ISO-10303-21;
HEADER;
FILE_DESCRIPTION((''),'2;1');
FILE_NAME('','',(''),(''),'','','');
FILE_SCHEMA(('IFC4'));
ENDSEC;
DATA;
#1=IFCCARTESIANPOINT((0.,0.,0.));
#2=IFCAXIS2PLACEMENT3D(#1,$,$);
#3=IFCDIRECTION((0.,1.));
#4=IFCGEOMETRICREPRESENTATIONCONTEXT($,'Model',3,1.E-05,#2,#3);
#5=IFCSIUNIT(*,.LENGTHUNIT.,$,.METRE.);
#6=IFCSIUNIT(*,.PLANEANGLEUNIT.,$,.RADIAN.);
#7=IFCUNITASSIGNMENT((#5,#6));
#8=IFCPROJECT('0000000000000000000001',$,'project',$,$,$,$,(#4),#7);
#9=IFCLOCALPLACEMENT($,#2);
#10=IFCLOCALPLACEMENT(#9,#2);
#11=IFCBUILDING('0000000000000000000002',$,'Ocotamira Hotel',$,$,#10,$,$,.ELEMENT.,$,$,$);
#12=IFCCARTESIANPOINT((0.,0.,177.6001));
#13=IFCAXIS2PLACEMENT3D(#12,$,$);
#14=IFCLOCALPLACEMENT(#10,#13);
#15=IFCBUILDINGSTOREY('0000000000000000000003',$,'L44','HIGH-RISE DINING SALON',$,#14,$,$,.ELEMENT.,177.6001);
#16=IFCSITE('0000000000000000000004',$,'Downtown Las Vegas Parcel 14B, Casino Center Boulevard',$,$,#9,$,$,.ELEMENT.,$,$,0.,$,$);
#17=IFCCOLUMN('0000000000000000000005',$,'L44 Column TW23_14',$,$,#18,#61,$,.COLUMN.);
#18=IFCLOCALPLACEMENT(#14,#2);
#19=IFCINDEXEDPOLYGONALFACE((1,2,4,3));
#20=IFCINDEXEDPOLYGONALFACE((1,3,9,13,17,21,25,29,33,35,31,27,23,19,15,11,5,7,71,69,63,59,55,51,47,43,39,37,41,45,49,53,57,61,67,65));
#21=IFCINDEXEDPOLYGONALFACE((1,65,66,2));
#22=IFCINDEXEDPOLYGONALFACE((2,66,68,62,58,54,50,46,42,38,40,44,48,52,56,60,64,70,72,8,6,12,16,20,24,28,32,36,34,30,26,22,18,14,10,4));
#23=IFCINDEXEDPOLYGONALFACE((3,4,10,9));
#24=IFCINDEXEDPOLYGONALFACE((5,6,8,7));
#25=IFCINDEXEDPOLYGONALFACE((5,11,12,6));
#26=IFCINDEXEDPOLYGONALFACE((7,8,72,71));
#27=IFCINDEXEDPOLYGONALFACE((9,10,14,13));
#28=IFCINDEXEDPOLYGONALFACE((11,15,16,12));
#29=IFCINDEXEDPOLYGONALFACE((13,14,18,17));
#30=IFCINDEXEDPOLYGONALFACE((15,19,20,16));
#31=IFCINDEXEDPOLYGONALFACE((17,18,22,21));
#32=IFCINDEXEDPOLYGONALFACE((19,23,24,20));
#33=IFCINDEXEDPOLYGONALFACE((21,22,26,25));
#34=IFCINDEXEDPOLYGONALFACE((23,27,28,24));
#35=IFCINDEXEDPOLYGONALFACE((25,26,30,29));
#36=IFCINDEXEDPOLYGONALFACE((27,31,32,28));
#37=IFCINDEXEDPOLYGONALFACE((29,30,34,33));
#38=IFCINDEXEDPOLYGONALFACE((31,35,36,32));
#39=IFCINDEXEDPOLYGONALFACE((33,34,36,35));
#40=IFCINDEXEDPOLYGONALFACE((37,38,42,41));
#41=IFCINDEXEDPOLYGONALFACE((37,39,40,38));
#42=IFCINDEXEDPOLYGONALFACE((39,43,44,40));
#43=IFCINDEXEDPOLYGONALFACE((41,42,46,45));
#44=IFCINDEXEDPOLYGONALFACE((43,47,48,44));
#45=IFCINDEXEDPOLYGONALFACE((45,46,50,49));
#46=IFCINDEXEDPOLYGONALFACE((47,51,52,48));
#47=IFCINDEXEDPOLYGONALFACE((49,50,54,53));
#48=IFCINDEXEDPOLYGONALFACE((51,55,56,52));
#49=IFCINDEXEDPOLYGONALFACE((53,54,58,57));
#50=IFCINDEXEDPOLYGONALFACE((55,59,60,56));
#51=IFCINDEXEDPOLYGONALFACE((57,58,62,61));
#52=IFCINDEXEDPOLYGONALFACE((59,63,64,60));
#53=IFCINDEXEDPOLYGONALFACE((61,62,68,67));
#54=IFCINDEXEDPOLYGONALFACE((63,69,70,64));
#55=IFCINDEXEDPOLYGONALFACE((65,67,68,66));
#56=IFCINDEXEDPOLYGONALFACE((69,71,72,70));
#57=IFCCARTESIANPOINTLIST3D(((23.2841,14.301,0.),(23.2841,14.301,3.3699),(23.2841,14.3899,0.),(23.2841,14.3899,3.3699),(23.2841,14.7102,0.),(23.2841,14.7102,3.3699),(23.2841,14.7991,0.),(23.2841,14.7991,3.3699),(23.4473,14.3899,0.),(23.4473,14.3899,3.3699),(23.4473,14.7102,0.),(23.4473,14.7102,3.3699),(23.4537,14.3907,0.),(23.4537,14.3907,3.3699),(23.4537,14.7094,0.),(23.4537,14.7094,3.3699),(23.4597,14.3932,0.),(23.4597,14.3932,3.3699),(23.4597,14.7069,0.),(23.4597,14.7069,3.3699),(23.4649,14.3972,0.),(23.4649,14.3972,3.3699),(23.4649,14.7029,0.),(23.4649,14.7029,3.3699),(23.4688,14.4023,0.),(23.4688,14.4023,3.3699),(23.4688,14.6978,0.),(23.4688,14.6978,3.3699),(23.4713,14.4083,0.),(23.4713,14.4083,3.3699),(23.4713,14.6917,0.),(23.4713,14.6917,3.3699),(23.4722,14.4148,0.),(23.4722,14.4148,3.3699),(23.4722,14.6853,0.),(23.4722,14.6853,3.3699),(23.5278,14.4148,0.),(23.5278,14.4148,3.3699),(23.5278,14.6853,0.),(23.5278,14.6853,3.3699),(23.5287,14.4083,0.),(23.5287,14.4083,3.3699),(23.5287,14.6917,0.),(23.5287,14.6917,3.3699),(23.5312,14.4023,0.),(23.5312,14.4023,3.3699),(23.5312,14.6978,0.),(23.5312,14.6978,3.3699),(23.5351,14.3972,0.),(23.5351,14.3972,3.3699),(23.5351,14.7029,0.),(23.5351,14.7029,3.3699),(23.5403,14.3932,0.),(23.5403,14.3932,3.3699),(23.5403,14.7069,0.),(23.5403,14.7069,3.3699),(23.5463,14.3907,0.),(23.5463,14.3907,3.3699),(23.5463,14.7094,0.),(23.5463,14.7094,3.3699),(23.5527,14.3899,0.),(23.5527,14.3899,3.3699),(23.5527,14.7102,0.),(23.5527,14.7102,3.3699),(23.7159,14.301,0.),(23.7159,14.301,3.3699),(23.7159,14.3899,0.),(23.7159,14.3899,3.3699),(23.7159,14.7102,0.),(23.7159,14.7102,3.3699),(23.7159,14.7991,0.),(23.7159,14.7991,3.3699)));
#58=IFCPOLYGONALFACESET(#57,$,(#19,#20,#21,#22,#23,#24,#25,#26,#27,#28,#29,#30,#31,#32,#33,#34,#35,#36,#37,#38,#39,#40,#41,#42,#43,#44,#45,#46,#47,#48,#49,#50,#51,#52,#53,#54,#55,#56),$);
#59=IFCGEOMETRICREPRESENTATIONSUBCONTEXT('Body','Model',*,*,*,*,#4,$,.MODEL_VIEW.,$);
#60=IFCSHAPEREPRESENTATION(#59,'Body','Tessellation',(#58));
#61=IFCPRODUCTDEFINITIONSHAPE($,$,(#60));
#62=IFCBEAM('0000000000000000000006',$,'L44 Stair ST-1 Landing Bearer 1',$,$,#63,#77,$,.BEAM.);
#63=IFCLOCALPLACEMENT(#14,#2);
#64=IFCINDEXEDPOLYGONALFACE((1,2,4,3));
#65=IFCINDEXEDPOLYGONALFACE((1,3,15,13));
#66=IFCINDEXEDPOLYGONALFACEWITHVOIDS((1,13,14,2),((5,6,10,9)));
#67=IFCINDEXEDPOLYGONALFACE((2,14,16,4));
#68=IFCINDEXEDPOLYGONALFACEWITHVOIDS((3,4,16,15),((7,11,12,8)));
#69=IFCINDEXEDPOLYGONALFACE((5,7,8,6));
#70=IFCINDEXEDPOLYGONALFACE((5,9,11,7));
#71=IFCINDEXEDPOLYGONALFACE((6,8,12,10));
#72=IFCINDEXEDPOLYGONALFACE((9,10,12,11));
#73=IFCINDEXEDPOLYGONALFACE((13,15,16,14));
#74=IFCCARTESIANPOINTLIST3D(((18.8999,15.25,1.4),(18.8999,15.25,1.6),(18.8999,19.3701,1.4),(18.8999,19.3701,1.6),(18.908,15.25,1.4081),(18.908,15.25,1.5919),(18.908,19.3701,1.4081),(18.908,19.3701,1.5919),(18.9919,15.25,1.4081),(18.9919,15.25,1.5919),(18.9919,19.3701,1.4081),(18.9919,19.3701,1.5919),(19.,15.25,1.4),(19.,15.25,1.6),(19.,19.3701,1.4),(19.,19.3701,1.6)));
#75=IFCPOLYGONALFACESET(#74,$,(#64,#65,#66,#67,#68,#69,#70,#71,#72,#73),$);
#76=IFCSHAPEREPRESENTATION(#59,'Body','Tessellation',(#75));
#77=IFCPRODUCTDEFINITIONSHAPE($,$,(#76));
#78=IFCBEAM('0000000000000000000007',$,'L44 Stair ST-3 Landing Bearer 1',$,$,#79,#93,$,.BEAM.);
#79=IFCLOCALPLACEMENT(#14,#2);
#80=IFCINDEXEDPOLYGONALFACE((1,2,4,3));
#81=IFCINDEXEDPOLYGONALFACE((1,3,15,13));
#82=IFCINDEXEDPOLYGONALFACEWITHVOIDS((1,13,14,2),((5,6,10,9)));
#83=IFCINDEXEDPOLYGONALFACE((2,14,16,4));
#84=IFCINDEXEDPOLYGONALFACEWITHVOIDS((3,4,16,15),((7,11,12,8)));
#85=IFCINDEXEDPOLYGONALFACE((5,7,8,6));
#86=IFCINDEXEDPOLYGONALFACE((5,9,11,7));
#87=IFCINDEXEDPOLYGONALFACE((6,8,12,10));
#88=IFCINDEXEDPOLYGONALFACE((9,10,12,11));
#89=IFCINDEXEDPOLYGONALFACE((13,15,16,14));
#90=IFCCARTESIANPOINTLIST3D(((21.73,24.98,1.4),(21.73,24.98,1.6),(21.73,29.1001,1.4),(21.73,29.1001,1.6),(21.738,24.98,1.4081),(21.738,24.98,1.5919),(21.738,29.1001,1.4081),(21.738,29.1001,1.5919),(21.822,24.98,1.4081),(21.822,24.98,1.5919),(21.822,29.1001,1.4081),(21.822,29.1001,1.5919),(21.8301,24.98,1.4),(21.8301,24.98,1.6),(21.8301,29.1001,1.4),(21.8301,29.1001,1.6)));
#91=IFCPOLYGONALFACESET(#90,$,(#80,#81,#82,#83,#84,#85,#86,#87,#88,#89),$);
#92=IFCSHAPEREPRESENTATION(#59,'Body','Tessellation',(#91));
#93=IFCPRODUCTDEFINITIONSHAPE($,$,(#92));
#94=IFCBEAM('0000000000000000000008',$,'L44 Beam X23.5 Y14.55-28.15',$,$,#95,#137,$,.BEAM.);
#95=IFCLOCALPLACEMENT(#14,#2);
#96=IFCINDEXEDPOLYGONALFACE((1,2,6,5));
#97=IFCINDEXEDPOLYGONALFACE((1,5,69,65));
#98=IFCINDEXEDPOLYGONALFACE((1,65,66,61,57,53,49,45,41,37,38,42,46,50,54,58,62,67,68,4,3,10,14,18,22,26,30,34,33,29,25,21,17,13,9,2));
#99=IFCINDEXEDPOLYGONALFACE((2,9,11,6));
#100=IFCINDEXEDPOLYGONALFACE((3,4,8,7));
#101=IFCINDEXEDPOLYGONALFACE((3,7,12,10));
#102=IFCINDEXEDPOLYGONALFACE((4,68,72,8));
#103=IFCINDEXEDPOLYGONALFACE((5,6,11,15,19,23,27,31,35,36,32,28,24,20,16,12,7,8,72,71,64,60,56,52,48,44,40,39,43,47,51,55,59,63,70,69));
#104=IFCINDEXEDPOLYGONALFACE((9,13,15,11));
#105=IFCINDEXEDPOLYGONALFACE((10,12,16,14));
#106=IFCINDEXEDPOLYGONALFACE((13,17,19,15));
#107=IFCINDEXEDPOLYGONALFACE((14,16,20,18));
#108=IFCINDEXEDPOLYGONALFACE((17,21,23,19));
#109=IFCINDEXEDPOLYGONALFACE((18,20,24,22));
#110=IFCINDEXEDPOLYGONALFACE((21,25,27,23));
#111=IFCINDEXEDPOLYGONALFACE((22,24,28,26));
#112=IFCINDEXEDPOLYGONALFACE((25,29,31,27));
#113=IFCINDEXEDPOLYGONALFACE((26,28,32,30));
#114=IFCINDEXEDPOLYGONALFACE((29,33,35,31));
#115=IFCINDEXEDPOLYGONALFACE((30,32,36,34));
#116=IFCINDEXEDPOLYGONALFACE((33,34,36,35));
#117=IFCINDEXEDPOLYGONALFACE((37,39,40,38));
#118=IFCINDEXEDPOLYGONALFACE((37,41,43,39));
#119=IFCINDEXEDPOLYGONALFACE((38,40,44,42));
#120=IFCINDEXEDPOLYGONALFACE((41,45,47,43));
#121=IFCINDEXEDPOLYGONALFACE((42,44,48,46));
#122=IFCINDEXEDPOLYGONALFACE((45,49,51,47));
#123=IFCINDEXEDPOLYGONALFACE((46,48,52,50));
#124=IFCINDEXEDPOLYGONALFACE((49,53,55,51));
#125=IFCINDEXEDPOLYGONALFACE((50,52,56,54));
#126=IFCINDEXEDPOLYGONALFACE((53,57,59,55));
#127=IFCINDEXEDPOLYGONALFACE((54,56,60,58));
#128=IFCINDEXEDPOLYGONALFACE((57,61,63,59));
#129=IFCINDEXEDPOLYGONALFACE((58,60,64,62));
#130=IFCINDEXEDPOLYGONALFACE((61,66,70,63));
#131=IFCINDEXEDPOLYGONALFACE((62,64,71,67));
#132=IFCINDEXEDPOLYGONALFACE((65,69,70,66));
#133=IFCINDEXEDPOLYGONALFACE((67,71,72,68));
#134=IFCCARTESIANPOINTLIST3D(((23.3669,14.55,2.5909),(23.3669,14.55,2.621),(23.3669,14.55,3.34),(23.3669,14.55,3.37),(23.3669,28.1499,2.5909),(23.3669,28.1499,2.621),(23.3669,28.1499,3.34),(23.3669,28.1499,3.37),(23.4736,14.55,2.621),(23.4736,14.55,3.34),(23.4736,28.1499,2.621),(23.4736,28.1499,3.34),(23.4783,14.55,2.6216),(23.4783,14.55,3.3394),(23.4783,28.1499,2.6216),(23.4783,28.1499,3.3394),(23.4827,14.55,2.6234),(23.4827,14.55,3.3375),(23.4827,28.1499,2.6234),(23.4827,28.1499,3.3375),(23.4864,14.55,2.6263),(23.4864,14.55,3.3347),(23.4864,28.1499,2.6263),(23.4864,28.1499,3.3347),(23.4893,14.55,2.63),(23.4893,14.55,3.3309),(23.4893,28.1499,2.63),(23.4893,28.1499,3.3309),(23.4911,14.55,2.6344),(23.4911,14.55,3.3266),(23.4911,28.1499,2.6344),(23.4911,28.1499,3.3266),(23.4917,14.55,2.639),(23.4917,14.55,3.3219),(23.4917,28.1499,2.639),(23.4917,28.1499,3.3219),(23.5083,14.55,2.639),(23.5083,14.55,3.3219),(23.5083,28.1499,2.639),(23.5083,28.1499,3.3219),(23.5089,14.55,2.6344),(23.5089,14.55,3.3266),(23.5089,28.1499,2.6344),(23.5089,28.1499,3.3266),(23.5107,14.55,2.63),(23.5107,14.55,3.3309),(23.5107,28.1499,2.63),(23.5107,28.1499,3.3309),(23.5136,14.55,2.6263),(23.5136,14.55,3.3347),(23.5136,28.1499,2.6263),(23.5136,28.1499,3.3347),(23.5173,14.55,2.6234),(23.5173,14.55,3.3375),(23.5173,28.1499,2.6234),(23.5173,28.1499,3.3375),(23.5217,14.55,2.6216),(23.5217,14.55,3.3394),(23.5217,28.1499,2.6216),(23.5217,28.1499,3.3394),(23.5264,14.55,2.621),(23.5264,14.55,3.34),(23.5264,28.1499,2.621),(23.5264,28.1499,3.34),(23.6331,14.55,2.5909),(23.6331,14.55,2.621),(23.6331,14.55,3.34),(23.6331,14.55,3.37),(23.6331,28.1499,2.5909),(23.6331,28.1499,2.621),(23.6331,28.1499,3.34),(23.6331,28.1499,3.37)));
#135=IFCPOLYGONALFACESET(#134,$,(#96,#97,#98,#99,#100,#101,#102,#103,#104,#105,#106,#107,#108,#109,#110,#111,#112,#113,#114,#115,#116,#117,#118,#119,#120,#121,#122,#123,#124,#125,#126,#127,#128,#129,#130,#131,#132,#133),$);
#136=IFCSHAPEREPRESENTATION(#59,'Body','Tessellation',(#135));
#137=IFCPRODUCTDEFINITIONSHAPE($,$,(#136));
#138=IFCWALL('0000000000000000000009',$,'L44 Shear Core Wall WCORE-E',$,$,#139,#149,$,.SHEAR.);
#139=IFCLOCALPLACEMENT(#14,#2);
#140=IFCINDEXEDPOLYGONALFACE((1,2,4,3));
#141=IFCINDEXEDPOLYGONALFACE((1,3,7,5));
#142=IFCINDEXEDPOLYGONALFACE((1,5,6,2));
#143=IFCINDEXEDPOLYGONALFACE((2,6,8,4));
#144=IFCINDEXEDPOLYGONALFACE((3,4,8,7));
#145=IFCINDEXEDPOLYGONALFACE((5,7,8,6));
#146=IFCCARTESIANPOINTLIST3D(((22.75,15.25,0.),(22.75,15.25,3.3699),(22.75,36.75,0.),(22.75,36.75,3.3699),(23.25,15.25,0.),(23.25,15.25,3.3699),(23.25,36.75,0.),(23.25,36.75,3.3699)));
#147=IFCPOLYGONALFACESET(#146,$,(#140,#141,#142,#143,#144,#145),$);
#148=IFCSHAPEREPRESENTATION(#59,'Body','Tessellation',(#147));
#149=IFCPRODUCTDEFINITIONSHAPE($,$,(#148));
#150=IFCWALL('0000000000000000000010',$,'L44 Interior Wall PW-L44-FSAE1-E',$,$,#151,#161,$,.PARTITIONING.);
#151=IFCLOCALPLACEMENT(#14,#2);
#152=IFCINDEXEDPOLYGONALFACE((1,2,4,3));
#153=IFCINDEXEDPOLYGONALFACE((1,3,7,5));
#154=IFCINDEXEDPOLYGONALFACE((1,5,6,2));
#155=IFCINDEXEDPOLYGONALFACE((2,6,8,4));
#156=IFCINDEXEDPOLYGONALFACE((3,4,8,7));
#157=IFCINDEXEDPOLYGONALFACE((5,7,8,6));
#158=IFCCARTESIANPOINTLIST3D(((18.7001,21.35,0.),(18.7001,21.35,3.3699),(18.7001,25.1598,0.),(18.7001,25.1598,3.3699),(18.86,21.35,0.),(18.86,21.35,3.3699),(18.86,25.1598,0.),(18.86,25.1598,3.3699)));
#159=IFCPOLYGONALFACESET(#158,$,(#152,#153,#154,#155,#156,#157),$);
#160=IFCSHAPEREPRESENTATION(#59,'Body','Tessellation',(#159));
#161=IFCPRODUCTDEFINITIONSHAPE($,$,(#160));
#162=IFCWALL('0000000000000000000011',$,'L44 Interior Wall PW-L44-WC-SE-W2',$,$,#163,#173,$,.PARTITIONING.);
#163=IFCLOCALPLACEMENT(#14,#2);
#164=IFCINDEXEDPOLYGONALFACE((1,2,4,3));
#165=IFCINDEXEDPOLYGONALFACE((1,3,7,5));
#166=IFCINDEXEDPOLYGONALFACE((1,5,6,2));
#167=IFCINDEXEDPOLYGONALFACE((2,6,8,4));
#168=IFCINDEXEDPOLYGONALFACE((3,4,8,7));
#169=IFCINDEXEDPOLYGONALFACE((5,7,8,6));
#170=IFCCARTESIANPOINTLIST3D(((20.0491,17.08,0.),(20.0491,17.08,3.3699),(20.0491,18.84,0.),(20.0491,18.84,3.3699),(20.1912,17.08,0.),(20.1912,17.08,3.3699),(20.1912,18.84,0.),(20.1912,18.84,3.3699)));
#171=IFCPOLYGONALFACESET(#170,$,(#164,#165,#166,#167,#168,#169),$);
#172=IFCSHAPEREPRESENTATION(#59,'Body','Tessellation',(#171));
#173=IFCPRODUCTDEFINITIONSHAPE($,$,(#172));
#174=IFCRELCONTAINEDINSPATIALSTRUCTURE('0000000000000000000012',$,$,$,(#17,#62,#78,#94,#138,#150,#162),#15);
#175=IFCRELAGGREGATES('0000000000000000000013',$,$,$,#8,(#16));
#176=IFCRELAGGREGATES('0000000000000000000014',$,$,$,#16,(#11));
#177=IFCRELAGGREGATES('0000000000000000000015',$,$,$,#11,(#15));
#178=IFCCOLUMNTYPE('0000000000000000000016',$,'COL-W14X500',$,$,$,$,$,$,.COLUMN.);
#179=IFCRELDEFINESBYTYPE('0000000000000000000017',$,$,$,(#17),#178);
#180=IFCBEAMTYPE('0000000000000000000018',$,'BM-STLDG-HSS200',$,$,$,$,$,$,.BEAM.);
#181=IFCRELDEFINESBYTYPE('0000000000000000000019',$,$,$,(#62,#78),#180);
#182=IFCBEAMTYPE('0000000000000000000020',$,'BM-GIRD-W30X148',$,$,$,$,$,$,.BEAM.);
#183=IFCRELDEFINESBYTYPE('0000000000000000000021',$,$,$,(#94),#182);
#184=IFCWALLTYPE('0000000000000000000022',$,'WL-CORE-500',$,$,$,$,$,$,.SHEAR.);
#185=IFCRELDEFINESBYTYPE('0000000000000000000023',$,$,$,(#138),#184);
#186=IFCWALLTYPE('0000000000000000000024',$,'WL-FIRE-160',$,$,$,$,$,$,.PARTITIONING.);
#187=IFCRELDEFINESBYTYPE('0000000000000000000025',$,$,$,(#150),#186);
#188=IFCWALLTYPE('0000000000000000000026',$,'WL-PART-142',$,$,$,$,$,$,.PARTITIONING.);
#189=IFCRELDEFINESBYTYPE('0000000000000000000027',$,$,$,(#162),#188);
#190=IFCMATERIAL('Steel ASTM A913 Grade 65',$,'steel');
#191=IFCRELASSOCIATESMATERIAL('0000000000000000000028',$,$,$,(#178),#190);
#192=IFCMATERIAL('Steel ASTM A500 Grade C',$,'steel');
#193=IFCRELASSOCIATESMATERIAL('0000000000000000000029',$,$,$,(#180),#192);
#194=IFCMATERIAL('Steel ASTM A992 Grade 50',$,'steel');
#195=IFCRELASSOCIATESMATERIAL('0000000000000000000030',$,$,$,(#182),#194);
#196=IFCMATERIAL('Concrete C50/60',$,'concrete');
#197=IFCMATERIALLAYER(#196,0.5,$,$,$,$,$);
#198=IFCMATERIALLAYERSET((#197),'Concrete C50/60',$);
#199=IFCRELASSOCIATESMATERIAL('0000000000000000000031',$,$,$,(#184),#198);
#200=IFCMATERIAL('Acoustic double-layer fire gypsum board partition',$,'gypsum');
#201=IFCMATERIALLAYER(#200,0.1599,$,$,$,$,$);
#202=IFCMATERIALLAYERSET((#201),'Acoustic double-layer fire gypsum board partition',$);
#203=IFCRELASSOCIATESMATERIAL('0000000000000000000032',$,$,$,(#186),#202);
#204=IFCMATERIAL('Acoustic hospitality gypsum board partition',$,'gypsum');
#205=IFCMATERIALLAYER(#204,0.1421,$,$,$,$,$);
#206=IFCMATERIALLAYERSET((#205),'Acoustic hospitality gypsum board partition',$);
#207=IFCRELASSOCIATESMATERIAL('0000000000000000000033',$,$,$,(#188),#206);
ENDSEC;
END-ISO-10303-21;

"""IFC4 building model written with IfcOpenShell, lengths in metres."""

from ifc_helpers import new_model, si_unit, direction, frame, frame_2d, origin, origin_2d, place, context, subcontext, project, spatial, rectangle, hollow_rectangle, i_section, extrude, source, transform, mapped, material, layer, layer_set, material_profile, profile_set, type_object, element, save


model = new_model("IFC4")

# Units and contexts
model_context = context("Model", 3, precision=1e-05, world=origin(), true_north=direction((0.0, 1.0)))
body_context = subcontext(model_context, "Body", "Model", "MODEL_VIEW")
ifc_project = project(units=[si_unit("LENGTHUNIT", "METRE"), si_unit("PLANEANGLEUNIT", "RADIAN")], contexts=[model_context])

# Site, building, storey
site_placement = place(None, origin())
site = spatial("IfcSite", under=ifc_project, at=site_placement, Name="Downtown Las Vegas Parcel 14B, Casino Center Boulevard", CompositionType="ELEMENT", RefElevation=0.0)
building_placement = place(site_placement, origin())
building = spatial("IfcBuilding", under=site, at=building_placement, Name="Ocotamira Hotel", CompositionType="ELEMENT")
storey_placement = place(building_placement, frame((0.0, 0.0, 177.6001)))
storey = spatial("IfcBuildingStorey", under=building, at=storey_placement, Name="L44", Description="HIGH-RISE DINING SALON", CompositionType="ELEMENT", Elevation=177.6001)

# Column
ifc_material_1 = material(Name="Steel ASTM A913 Grade 65", Category="steel")
ifc_material_profile_1 = material_profile(ifc_material_1, i_section(OverallWidth=0.4319, OverallDepth=0.498, WebThickness=0.0557, FlangeThickness=0.0889, FilletRadius=0.0249, at=origin_2d()), Name="W14X500")
ifc_profile_set_1 = profile_set([ifc_material_profile_1], Name="Steel ASTM A913 Grade 65")
column_type = type_object("IfcColumnType", Name="COL-W14X500", PredefinedType="COLUMN", material=ifc_profile_set_1)
shared_shape_1 = source(origin(), body_context, "Body", "SweptSolid", [
    extrude(i_section(OverallWidth=0.4319, OverallDepth=0.498, WebThickness=0.0557, FlangeThickness=0.0889, FilletRadius=0.0249, at=origin_2d()), origin(), (0.0, 0.0, 1.0), 3.3699),
])
column_placement = place(storey_placement, frame((23.5, 14.55, 0.0), z_axis=(0.0, 0.0, 1.0), x_axis=(1.0, 0.0, 0.0)))
element("IfcColumn", 1, at=column_placement, inside=storey, type_object=column_type, Name="L44 Column TW23_14", PredefinedType="COLUMN", context=body_context, shape_type="MappedRepresentation", body=[
    mapped(shared_shape_1, transform((0.0, 0.0, 0.0), scale=1.0)),
])

# Beams
ifc_material_2 = material(Name="Steel ASTM A500 Grade C", Category="steel")
ifc_material_profile_2 = material_profile(ifc_material_2, hollow_rectangle(XDim=0.1001, YDim=0.2, WallThickness=0.0081, at=origin_2d()), Name="HSS200X100X8")
ifc_profile_set_2 = profile_set([ifc_material_profile_2], Name="Steel ASTM A500 Grade C")
beam_type_1 = type_object("IfcBeamType", Name="BM-STLDG-HSS200", PredefinedType="BEAM", material=ifc_profile_set_2)
shared_shape_2 = source(origin(), body_context, "Body", "SweptSolid", [
    extrude(hollow_rectangle(XDim=0.1001, YDim=0.2, WallThickness=0.0081, at=origin_2d()), origin(), (0.0, 0.0, 1.0), 4.1201),
])
for number, where, z_axis, x_axis, name in (
    (2, (18.95, 15.25, 1.5), (0.0, 1.0, 0.0), (-1.0, 0.0, 0.0), "L44 Stair ST-1 Landing Bearer 1"),
    (3, (21.78, 24.98, 1.5), (0.0, 1.0, 0.0), (-1.0, 0.0, 0.0), "L44 Stair ST-3 Landing Bearer 1"),
):
    element("IfcBeam", number, at=place(storey_placement, frame(where, z_axis=z_axis, x_axis=x_axis)), inside=storey, type_object=beam_type_1, Name=name, PredefinedType="BEAM", context=body_context, shape_type="MappedRepresentation", body=[
        mapped(shared_shape_2, transform((0.0, 0.0, 0.0), scale=1.0)),
    ])
ifc_material_3 = material(Name="Steel ASTM A992 Grade 50", Category="steel")
ifc_material_profile_3 = material_profile(ifc_material_3, i_section(OverallWidth=0.2661, OverallDepth=0.7791, WebThickness=0.0166, FlangeThickness=0.03, FilletRadius=0.0181, at=origin_2d()), Name="W30X148")
ifc_profile_set_3 = profile_set([ifc_material_profile_3], Name="Steel ASTM A992 Grade 50")
beam_type_2 = type_object("IfcBeamType", Name="BM-GIRD-W30X148", PredefinedType="BEAM", material=ifc_profile_set_3)
shared_shape_3 = source(origin(), body_context, "Body", "SweptSolid", [
    extrude(i_section(OverallWidth=0.2661, OverallDepth=0.7791, WebThickness=0.0166, FlangeThickness=0.03, FilletRadius=0.0181, at=origin_2d()), origin(), (0.0, 0.0, 1.0), 13.5999),
])
beam_placement = place(storey_placement, frame((23.5, 14.55, 2.9805), z_axis=(0.0, 1.0, 0.0), x_axis=(-1.0, 0.0, 0.0)))
element("IfcBeam", 4, at=beam_placement, inside=storey, type_object=beam_type_2, Name="L44 Beam X23.5 Y14.55-28.15", PredefinedType="BEAM", context=body_context, shape_type="MappedRepresentation", body=[
    mapped(shared_shape_3, transform((0.0, 0.0, 0.0), scale=1.0)),
])

# Walls
ifc_material_4 = material(Name="Concrete C50/60", Category="concrete")
ifc_layer_1 = layer(ifc_material_4, 0.5)
ifc_layer_set_1 = layer_set([ifc_layer_1], Name="Concrete C50/60")
wall_type_1 = type_object("IfcWallType", Name="WL-CORE-500", PredefinedType="SHEAR", material=ifc_layer_set_1)
wall_1_placement = place(storey_placement, frame((23.0, 15.25, 0.0), z_axis=(0.0, 0.0, 1.0), x_axis=(0.0, 1.0, 0.0)))
element("IfcWall", 5, at=wall_1_placement, inside=storey, type_object=wall_type_1, Name="L44 Shear Core Wall WCORE-E", PredefinedType="SHEAR", context=body_context, shape_type="SweptSolid", body=[
    extrude(rectangle(XDim=21.5, YDim=0.5, at=frame_2d((10.75, 0.0))), origin(), (0.0, 0.0, 1.0), 3.3699),
])
ifc_material_5 = material(Name="Acoustic double-layer fire gypsum board partition", Category="gypsum")
ifc_layer_2 = layer(ifc_material_5, 0.1599)
ifc_layer_set_2 = layer_set([ifc_layer_2], Name="Acoustic double-layer fire gypsum board partition")
wall_type_2 = type_object("IfcWallType", Name="WL-FIRE-160", PredefinedType="PARTITIONING", material=ifc_layer_set_2)
wall_2_placement = place(storey_placement, frame((18.78, 21.3501, 0.0), z_axis=(0.0, 0.0, 1.0), x_axis=(0.0, 1.0, 0.0)))
element("IfcWall", 6, at=wall_2_placement, inside=storey, type_object=wall_type_2, Name="L44 Interior Wall PW-L44-FSAE1-E", PredefinedType="PARTITIONING", context=body_context, shape_type="SweptSolid", body=[
    extrude(rectangle(XDim=3.8098, YDim=0.1599, at=frame_2d((1.9048, 0.0))), origin(), (0.0, 0.0, 1.0), 3.3699),
])
ifc_material_6 = material(Name="Acoustic hospitality gypsum board partition", Category="gypsum")
ifc_layer_3 = layer(ifc_material_6, 0.1421)
ifc_layer_set_3 = layer_set([ifc_layer_3], Name="Acoustic hospitality gypsum board partition")
wall_type_3 = type_object("IfcWallType", Name="WL-PART-142", PredefinedType="PARTITIONING", material=ifc_layer_set_3)
wall_3_placement = place(storey_placement, frame((20.1201, 17.0801, 0.0), z_axis=(0.0, 0.0, 1.0), x_axis=(0.0, 1.0, 0.0)))
element("IfcWall", 7, at=wall_3_placement, inside=storey, type_object=wall_type_3, Name="L44 Interior Wall PW-L44-WC-SE-W2", PredefinedType="PARTITIONING", context=body_context, shape_type="SweptSolid", body=[
    extrude(rectangle(XDim=1.76, YDim=0.1421, at=frame_2d((0.8799, 0.0))), origin(), (0.0, 0.0, 1.0), 3.3699),
])

save(model, "model.ifc")
